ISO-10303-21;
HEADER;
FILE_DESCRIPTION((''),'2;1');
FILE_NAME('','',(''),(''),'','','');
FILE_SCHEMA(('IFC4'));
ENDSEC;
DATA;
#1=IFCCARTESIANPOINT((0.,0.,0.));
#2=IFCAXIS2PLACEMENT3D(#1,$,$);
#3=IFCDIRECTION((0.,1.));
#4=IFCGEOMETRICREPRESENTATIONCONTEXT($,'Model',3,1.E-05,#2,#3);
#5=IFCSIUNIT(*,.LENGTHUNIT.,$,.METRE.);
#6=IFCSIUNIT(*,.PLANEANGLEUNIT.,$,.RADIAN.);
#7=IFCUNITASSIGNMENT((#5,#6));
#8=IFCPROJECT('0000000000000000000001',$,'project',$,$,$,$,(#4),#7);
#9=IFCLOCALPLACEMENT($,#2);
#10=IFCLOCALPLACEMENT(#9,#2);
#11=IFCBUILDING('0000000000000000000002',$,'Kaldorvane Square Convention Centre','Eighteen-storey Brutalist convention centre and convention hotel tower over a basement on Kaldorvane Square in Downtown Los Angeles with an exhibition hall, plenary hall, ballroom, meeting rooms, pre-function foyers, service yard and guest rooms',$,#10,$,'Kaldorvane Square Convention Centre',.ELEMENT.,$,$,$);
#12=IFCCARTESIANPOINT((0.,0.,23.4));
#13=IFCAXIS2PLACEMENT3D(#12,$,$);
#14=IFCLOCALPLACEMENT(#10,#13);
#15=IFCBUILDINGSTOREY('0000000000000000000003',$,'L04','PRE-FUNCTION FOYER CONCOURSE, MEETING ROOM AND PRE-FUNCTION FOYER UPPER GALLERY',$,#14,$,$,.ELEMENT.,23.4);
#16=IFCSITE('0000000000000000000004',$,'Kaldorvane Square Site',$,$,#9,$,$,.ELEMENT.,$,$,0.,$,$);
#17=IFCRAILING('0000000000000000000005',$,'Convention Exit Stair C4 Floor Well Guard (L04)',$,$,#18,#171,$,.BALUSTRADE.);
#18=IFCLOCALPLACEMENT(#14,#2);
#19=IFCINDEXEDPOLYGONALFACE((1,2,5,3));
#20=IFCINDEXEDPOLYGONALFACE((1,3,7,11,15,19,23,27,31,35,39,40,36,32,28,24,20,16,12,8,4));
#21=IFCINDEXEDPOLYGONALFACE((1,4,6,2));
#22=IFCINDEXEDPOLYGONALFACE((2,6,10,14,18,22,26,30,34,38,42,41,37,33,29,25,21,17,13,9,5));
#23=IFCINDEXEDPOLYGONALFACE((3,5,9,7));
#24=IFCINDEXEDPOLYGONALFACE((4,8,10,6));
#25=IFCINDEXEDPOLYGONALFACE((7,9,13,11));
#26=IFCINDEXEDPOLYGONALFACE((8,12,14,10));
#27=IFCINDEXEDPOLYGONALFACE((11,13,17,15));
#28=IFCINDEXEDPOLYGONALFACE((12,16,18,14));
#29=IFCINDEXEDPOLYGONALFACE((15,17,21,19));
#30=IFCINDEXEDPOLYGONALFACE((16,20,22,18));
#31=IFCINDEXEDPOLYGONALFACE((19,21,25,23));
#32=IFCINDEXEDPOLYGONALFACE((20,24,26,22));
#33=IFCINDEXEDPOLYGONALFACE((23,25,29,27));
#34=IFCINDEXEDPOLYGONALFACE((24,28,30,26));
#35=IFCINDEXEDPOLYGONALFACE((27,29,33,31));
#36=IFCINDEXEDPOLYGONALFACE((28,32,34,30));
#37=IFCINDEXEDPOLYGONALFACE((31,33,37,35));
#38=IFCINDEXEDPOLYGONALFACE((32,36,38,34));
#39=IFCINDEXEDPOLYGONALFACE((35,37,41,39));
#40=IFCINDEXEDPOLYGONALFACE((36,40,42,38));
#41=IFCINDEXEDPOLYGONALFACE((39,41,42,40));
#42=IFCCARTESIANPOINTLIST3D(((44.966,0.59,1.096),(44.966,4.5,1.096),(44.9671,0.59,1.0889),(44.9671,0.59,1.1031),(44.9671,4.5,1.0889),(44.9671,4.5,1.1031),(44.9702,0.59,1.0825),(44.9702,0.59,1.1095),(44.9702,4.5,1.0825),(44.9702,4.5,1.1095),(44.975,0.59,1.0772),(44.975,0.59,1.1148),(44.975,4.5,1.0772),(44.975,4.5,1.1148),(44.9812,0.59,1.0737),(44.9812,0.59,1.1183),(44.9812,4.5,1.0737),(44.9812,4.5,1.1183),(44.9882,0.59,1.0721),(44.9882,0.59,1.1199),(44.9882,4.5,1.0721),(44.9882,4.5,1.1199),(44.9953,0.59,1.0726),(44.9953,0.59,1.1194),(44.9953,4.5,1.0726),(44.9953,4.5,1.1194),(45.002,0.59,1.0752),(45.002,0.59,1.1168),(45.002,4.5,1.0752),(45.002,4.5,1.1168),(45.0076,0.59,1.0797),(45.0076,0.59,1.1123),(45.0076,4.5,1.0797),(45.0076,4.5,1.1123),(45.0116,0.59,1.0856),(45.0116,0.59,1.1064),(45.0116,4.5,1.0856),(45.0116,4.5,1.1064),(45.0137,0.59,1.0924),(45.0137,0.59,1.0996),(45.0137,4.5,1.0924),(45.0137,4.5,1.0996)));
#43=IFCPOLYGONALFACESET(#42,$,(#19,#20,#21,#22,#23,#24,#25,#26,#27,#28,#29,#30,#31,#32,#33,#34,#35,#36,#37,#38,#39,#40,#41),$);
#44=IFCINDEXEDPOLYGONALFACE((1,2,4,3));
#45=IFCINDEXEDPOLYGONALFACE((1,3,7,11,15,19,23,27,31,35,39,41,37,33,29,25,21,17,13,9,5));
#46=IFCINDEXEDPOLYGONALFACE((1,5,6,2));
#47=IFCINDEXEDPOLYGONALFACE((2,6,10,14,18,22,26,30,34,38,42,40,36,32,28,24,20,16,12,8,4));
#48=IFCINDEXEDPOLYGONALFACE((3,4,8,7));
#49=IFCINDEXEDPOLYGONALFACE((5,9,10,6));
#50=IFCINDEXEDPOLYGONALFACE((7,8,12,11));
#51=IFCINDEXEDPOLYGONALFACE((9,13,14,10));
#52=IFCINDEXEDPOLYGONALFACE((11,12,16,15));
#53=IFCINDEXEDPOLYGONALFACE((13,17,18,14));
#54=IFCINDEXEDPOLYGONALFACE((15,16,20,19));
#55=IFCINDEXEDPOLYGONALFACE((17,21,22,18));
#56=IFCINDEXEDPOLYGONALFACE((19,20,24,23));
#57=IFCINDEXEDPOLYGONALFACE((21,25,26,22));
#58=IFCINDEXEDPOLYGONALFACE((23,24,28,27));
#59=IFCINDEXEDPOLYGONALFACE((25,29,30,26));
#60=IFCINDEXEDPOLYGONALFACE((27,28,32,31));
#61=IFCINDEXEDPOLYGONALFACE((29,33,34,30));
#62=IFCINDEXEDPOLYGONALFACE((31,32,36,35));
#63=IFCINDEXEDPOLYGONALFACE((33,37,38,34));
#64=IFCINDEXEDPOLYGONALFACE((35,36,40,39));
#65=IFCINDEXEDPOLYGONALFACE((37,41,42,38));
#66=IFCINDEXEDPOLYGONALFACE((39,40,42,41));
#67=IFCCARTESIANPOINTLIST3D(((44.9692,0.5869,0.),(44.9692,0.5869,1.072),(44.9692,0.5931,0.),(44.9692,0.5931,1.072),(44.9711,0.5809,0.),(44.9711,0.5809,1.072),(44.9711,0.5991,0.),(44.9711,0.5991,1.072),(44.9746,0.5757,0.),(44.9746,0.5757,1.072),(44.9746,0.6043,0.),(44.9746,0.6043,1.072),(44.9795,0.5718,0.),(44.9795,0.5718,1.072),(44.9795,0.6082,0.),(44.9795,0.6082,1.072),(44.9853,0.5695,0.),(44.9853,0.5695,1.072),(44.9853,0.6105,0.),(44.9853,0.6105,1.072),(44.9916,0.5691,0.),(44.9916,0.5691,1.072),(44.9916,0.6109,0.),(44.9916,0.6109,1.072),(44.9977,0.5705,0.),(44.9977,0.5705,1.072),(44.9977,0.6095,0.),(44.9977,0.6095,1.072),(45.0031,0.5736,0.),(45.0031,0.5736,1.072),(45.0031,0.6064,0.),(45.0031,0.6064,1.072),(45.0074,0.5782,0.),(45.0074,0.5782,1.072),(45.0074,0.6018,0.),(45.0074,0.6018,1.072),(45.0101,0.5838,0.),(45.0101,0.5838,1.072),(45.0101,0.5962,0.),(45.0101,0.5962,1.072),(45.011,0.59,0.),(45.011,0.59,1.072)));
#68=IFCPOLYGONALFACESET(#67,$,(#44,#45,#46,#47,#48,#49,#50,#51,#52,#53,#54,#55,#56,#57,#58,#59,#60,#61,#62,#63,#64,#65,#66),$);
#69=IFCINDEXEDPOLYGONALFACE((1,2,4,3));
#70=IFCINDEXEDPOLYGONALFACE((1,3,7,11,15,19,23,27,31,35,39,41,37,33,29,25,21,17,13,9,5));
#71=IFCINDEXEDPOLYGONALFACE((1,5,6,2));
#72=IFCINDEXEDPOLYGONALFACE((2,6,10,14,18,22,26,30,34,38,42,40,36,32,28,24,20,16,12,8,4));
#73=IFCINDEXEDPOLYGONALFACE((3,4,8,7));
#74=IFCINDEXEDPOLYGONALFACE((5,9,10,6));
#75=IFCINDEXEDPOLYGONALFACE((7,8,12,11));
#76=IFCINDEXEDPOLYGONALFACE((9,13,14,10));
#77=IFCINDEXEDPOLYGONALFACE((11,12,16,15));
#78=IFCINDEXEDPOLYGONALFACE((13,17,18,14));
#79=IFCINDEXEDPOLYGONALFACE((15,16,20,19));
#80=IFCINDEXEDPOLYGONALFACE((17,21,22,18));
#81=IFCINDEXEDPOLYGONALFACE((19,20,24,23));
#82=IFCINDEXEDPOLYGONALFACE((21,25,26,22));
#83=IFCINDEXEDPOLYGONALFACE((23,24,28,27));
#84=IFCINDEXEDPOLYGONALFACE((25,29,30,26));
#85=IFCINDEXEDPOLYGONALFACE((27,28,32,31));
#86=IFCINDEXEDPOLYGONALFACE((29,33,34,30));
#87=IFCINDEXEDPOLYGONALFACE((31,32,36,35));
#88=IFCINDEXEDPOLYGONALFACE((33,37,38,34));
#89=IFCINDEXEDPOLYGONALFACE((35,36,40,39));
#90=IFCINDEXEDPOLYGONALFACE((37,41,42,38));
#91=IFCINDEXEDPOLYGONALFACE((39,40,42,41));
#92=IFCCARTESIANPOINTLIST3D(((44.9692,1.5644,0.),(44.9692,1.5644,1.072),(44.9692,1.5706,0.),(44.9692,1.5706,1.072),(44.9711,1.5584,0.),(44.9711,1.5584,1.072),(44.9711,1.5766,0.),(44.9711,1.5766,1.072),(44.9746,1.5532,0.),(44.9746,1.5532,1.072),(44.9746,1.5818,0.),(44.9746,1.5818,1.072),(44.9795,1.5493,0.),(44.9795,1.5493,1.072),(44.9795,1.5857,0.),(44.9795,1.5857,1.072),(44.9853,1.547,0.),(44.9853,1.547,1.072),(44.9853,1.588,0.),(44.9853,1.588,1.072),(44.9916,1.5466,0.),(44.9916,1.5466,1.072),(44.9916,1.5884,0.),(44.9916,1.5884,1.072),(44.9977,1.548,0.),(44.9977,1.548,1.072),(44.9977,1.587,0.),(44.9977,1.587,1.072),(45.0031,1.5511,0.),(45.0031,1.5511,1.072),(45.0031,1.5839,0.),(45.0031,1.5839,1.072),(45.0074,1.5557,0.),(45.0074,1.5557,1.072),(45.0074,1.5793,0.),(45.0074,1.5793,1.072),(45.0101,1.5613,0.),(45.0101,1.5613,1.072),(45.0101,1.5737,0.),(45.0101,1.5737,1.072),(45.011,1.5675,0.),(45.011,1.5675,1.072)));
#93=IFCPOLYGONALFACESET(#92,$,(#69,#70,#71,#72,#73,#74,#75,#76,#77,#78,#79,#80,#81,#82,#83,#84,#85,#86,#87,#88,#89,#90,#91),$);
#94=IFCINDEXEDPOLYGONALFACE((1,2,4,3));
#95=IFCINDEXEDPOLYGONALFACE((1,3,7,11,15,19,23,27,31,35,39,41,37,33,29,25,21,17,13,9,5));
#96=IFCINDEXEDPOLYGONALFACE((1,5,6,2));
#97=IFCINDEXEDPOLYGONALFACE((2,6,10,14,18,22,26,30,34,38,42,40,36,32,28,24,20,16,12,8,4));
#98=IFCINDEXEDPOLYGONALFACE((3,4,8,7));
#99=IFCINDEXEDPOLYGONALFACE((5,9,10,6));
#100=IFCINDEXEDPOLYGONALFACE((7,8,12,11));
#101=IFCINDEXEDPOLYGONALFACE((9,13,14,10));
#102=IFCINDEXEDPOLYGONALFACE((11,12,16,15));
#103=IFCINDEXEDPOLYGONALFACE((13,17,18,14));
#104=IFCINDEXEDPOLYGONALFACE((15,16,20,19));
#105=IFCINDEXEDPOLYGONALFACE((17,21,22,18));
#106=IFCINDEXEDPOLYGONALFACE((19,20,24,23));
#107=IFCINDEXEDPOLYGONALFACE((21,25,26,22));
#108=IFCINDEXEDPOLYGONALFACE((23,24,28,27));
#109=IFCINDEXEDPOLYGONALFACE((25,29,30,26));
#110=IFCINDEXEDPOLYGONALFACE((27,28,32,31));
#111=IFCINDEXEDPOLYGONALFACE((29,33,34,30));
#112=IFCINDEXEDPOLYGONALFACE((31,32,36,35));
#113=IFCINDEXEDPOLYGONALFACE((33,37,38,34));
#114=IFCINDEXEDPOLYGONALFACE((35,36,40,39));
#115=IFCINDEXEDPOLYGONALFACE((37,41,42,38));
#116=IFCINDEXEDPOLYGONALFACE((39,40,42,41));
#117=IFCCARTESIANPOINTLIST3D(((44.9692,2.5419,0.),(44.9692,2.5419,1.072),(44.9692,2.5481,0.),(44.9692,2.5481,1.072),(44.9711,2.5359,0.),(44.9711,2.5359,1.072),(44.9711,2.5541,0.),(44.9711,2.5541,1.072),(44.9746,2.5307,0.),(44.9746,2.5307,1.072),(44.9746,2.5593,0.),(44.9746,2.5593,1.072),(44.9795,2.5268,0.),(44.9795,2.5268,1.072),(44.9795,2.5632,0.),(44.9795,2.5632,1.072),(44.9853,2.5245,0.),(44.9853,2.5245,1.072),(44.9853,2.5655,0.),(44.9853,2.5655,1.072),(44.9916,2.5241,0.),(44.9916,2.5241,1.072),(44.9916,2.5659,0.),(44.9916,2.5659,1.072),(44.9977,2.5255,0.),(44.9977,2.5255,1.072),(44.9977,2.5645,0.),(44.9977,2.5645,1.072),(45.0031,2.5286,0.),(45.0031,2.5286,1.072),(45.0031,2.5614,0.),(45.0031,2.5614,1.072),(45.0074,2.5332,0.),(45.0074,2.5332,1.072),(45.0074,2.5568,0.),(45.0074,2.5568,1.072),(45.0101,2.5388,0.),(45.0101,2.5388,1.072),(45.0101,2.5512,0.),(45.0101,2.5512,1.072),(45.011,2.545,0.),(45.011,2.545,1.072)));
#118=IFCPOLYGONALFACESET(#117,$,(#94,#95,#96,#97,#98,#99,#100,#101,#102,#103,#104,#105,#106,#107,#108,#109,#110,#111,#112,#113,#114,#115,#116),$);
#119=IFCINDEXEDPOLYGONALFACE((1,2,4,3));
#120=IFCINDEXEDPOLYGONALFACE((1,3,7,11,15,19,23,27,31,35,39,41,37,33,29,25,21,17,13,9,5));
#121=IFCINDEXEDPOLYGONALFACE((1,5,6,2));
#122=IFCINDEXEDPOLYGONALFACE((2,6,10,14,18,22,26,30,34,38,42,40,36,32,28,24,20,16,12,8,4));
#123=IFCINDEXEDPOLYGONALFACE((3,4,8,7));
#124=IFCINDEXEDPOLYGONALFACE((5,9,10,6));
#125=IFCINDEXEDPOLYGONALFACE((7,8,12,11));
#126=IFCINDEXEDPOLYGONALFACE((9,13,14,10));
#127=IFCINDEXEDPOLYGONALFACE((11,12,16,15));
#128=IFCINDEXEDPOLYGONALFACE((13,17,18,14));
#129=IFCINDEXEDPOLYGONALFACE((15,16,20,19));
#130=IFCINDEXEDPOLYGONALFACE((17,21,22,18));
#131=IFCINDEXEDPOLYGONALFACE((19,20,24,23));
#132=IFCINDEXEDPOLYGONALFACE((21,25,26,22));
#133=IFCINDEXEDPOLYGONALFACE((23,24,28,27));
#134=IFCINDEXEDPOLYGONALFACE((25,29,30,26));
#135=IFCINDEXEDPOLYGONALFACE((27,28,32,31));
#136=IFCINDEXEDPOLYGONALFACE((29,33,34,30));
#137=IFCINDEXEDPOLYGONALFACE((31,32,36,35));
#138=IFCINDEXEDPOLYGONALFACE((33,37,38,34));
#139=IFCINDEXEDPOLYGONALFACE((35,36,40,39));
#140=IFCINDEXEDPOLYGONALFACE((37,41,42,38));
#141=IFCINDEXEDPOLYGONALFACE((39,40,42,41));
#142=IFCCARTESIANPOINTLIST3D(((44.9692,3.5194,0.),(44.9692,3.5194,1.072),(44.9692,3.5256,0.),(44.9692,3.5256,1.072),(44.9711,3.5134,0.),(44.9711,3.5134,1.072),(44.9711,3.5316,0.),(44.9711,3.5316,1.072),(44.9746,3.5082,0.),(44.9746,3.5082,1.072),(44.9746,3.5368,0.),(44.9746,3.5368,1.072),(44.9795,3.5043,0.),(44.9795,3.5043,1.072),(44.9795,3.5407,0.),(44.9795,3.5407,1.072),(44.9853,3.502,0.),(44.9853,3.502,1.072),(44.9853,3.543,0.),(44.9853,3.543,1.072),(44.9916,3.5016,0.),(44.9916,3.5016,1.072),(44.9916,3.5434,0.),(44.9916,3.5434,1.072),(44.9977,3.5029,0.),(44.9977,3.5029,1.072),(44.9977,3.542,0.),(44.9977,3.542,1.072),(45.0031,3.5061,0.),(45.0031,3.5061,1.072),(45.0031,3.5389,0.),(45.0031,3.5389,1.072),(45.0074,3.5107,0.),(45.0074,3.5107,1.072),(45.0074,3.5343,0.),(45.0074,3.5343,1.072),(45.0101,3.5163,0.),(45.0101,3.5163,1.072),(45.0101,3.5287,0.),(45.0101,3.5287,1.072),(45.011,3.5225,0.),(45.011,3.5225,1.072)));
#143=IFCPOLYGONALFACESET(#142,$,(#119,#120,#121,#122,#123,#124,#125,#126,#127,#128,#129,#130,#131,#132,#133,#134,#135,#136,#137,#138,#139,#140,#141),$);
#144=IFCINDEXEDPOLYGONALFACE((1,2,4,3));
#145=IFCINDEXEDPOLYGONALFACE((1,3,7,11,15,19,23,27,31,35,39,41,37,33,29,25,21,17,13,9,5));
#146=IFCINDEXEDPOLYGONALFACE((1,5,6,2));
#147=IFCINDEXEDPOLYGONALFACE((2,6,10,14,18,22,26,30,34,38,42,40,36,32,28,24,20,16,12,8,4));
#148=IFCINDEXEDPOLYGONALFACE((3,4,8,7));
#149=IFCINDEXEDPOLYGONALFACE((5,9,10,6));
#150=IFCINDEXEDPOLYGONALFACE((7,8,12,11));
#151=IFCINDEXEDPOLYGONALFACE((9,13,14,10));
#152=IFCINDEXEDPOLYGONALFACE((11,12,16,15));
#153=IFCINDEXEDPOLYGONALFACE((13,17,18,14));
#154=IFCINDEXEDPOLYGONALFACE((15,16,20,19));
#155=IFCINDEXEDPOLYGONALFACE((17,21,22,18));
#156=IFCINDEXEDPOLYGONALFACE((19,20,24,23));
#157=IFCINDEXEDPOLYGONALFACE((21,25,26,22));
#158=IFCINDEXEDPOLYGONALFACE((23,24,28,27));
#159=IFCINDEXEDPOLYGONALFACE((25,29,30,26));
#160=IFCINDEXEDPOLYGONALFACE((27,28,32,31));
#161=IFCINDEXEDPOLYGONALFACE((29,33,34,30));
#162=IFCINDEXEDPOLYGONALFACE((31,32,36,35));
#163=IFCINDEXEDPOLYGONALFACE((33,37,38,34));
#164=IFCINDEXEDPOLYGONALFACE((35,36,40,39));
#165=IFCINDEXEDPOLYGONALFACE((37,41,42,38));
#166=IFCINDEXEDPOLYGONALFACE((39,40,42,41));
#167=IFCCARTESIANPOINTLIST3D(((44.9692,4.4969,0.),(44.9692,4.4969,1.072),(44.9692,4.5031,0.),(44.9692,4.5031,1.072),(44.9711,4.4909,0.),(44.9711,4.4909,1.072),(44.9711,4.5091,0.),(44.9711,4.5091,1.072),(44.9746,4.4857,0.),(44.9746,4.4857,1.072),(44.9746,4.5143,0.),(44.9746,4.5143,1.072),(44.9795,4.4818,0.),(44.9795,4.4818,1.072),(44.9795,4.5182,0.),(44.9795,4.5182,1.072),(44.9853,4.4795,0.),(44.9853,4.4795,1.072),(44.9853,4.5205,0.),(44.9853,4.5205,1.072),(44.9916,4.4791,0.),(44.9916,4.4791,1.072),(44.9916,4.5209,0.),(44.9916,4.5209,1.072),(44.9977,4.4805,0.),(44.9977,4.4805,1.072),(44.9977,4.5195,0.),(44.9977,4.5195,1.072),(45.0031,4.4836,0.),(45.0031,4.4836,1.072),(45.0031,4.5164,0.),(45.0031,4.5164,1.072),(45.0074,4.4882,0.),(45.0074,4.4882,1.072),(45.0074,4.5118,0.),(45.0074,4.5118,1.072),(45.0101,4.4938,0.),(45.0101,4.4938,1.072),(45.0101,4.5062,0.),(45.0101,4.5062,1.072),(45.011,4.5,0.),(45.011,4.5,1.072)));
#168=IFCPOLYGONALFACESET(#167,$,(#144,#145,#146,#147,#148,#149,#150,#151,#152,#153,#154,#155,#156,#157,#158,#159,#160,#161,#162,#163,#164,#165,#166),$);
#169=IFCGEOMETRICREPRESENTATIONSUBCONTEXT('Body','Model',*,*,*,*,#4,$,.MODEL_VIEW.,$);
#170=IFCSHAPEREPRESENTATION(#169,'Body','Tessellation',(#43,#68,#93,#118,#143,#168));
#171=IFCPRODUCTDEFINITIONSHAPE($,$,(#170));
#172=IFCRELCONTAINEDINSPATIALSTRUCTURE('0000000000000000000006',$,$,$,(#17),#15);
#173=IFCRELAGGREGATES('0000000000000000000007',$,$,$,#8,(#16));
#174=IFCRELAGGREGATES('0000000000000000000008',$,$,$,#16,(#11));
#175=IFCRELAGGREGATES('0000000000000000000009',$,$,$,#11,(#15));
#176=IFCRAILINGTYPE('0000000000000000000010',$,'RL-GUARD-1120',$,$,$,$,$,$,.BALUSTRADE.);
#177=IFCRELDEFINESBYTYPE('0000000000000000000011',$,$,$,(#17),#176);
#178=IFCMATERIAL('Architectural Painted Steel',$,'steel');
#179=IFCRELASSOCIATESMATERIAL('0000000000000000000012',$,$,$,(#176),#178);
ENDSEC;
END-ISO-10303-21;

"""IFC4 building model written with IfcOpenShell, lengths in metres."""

from ifc_helpers import new_model, si_unit, direction, frame, origin, origin_2d, place, context, subcontext, project, spatial, circle, extrude, material, type_object, element, save


model = new_model("IFC4")

# Units and contexts
model_context = context("Model", 3, precision=1e-05, world=origin(), true_north=direction((0.0, 1.0)))
body_context = subcontext(model_context, "Body", "Model", "MODEL_VIEW")
ifc_project = project(units=[si_unit("LENGTHUNIT", "METRE"), si_unit("PLANEANGLEUNIT", "RADIAN")], contexts=[model_context])

# Site, building, storey
site_placement = place(None, origin())
site = spatial("IfcSite", under=ifc_project, at=site_placement, Name="Kaldorvane Square Site", CompositionType="ELEMENT", RefElevation=0.0)
building_placement = place(site_placement, origin())
building = spatial("IfcBuilding", under=site, at=building_placement, Name="Kaldorvane Square Convention Centre", Description="Eighteen-storey Brutalist convention centre and convention hotel tower over a basement on Kaldorvane Square in Downtown Los Angeles with an exhibition hall, plenary hall, ballroom, meeting rooms, pre-function foyers, service yard and guest rooms", LongName="Kaldorvane Square Convention Centre", CompositionType="ELEMENT")
storey_placement = place(building_placement, frame((0.0, 0.0, 23.4)))
storey = spatial("IfcBuildingStorey", under=building, at=storey_placement, Name="L04", Description="PRE-FUNCTION FOYER CONCOURSE, MEETING ROOM AND PRE-FUNCTION FOYER UPPER GALLERY", CompositionType="ELEMENT", Elevation=23.4)

# Railing
ifc_material_1 = material(Name="Architectural Painted Steel", Category="steel")
railing_type = type_object("IfcRailingType", Name="RL-GUARD-1120", PredefinedType="BALUSTRADE", material=ifc_material_1)
railing_placement = place(storey_placement, frame((44.99, 0.59, 0.0)))
element("IfcRailing", 1, at=railing_placement, inside=storey, type_object=railing_type, Name="Convention Exit Stair C4 Floor Well Guard (L04)", PredefinedType="BALUSTRADE", context=body_context, shape_type="SweptSolid", body=[
    extrude(circle(Radius=0.024, at=origin_2d()), frame((0.0, 0.0, 1.096), z_axis=(0.0, 1.0, 0.0), x_axis=(-1.0, 0.0, 0.0)), (0.0, 0.0, 1.0), 3.91),
    extrude(circle(Radius=0.021, at=origin_2d()), origin(), (0.0, 0.0, 1.0), 1.072),
    extrude(circle(Radius=0.021, at=origin_2d()), frame((0.0, 0.9775, 0.0)), (0.0, 0.0, 1.0), 1.072),
    extrude(circle(Radius=0.021, at=origin_2d()), frame((0.0, 1.955, 0.0)), (0.0, 0.0, 1.0), 1.072),
    extrude(circle(Radius=0.021, at=origin_2d()), frame((0.0, 2.9325, 0.0)), (0.0, 0.0, 1.0), 1.072),
    extrude(circle(Radius=0.021, at=origin_2d()), frame((0.0, 3.91, 0.0)), (0.0, 0.0, 1.0), 1.072),
])

save(model, "model.ifc")
